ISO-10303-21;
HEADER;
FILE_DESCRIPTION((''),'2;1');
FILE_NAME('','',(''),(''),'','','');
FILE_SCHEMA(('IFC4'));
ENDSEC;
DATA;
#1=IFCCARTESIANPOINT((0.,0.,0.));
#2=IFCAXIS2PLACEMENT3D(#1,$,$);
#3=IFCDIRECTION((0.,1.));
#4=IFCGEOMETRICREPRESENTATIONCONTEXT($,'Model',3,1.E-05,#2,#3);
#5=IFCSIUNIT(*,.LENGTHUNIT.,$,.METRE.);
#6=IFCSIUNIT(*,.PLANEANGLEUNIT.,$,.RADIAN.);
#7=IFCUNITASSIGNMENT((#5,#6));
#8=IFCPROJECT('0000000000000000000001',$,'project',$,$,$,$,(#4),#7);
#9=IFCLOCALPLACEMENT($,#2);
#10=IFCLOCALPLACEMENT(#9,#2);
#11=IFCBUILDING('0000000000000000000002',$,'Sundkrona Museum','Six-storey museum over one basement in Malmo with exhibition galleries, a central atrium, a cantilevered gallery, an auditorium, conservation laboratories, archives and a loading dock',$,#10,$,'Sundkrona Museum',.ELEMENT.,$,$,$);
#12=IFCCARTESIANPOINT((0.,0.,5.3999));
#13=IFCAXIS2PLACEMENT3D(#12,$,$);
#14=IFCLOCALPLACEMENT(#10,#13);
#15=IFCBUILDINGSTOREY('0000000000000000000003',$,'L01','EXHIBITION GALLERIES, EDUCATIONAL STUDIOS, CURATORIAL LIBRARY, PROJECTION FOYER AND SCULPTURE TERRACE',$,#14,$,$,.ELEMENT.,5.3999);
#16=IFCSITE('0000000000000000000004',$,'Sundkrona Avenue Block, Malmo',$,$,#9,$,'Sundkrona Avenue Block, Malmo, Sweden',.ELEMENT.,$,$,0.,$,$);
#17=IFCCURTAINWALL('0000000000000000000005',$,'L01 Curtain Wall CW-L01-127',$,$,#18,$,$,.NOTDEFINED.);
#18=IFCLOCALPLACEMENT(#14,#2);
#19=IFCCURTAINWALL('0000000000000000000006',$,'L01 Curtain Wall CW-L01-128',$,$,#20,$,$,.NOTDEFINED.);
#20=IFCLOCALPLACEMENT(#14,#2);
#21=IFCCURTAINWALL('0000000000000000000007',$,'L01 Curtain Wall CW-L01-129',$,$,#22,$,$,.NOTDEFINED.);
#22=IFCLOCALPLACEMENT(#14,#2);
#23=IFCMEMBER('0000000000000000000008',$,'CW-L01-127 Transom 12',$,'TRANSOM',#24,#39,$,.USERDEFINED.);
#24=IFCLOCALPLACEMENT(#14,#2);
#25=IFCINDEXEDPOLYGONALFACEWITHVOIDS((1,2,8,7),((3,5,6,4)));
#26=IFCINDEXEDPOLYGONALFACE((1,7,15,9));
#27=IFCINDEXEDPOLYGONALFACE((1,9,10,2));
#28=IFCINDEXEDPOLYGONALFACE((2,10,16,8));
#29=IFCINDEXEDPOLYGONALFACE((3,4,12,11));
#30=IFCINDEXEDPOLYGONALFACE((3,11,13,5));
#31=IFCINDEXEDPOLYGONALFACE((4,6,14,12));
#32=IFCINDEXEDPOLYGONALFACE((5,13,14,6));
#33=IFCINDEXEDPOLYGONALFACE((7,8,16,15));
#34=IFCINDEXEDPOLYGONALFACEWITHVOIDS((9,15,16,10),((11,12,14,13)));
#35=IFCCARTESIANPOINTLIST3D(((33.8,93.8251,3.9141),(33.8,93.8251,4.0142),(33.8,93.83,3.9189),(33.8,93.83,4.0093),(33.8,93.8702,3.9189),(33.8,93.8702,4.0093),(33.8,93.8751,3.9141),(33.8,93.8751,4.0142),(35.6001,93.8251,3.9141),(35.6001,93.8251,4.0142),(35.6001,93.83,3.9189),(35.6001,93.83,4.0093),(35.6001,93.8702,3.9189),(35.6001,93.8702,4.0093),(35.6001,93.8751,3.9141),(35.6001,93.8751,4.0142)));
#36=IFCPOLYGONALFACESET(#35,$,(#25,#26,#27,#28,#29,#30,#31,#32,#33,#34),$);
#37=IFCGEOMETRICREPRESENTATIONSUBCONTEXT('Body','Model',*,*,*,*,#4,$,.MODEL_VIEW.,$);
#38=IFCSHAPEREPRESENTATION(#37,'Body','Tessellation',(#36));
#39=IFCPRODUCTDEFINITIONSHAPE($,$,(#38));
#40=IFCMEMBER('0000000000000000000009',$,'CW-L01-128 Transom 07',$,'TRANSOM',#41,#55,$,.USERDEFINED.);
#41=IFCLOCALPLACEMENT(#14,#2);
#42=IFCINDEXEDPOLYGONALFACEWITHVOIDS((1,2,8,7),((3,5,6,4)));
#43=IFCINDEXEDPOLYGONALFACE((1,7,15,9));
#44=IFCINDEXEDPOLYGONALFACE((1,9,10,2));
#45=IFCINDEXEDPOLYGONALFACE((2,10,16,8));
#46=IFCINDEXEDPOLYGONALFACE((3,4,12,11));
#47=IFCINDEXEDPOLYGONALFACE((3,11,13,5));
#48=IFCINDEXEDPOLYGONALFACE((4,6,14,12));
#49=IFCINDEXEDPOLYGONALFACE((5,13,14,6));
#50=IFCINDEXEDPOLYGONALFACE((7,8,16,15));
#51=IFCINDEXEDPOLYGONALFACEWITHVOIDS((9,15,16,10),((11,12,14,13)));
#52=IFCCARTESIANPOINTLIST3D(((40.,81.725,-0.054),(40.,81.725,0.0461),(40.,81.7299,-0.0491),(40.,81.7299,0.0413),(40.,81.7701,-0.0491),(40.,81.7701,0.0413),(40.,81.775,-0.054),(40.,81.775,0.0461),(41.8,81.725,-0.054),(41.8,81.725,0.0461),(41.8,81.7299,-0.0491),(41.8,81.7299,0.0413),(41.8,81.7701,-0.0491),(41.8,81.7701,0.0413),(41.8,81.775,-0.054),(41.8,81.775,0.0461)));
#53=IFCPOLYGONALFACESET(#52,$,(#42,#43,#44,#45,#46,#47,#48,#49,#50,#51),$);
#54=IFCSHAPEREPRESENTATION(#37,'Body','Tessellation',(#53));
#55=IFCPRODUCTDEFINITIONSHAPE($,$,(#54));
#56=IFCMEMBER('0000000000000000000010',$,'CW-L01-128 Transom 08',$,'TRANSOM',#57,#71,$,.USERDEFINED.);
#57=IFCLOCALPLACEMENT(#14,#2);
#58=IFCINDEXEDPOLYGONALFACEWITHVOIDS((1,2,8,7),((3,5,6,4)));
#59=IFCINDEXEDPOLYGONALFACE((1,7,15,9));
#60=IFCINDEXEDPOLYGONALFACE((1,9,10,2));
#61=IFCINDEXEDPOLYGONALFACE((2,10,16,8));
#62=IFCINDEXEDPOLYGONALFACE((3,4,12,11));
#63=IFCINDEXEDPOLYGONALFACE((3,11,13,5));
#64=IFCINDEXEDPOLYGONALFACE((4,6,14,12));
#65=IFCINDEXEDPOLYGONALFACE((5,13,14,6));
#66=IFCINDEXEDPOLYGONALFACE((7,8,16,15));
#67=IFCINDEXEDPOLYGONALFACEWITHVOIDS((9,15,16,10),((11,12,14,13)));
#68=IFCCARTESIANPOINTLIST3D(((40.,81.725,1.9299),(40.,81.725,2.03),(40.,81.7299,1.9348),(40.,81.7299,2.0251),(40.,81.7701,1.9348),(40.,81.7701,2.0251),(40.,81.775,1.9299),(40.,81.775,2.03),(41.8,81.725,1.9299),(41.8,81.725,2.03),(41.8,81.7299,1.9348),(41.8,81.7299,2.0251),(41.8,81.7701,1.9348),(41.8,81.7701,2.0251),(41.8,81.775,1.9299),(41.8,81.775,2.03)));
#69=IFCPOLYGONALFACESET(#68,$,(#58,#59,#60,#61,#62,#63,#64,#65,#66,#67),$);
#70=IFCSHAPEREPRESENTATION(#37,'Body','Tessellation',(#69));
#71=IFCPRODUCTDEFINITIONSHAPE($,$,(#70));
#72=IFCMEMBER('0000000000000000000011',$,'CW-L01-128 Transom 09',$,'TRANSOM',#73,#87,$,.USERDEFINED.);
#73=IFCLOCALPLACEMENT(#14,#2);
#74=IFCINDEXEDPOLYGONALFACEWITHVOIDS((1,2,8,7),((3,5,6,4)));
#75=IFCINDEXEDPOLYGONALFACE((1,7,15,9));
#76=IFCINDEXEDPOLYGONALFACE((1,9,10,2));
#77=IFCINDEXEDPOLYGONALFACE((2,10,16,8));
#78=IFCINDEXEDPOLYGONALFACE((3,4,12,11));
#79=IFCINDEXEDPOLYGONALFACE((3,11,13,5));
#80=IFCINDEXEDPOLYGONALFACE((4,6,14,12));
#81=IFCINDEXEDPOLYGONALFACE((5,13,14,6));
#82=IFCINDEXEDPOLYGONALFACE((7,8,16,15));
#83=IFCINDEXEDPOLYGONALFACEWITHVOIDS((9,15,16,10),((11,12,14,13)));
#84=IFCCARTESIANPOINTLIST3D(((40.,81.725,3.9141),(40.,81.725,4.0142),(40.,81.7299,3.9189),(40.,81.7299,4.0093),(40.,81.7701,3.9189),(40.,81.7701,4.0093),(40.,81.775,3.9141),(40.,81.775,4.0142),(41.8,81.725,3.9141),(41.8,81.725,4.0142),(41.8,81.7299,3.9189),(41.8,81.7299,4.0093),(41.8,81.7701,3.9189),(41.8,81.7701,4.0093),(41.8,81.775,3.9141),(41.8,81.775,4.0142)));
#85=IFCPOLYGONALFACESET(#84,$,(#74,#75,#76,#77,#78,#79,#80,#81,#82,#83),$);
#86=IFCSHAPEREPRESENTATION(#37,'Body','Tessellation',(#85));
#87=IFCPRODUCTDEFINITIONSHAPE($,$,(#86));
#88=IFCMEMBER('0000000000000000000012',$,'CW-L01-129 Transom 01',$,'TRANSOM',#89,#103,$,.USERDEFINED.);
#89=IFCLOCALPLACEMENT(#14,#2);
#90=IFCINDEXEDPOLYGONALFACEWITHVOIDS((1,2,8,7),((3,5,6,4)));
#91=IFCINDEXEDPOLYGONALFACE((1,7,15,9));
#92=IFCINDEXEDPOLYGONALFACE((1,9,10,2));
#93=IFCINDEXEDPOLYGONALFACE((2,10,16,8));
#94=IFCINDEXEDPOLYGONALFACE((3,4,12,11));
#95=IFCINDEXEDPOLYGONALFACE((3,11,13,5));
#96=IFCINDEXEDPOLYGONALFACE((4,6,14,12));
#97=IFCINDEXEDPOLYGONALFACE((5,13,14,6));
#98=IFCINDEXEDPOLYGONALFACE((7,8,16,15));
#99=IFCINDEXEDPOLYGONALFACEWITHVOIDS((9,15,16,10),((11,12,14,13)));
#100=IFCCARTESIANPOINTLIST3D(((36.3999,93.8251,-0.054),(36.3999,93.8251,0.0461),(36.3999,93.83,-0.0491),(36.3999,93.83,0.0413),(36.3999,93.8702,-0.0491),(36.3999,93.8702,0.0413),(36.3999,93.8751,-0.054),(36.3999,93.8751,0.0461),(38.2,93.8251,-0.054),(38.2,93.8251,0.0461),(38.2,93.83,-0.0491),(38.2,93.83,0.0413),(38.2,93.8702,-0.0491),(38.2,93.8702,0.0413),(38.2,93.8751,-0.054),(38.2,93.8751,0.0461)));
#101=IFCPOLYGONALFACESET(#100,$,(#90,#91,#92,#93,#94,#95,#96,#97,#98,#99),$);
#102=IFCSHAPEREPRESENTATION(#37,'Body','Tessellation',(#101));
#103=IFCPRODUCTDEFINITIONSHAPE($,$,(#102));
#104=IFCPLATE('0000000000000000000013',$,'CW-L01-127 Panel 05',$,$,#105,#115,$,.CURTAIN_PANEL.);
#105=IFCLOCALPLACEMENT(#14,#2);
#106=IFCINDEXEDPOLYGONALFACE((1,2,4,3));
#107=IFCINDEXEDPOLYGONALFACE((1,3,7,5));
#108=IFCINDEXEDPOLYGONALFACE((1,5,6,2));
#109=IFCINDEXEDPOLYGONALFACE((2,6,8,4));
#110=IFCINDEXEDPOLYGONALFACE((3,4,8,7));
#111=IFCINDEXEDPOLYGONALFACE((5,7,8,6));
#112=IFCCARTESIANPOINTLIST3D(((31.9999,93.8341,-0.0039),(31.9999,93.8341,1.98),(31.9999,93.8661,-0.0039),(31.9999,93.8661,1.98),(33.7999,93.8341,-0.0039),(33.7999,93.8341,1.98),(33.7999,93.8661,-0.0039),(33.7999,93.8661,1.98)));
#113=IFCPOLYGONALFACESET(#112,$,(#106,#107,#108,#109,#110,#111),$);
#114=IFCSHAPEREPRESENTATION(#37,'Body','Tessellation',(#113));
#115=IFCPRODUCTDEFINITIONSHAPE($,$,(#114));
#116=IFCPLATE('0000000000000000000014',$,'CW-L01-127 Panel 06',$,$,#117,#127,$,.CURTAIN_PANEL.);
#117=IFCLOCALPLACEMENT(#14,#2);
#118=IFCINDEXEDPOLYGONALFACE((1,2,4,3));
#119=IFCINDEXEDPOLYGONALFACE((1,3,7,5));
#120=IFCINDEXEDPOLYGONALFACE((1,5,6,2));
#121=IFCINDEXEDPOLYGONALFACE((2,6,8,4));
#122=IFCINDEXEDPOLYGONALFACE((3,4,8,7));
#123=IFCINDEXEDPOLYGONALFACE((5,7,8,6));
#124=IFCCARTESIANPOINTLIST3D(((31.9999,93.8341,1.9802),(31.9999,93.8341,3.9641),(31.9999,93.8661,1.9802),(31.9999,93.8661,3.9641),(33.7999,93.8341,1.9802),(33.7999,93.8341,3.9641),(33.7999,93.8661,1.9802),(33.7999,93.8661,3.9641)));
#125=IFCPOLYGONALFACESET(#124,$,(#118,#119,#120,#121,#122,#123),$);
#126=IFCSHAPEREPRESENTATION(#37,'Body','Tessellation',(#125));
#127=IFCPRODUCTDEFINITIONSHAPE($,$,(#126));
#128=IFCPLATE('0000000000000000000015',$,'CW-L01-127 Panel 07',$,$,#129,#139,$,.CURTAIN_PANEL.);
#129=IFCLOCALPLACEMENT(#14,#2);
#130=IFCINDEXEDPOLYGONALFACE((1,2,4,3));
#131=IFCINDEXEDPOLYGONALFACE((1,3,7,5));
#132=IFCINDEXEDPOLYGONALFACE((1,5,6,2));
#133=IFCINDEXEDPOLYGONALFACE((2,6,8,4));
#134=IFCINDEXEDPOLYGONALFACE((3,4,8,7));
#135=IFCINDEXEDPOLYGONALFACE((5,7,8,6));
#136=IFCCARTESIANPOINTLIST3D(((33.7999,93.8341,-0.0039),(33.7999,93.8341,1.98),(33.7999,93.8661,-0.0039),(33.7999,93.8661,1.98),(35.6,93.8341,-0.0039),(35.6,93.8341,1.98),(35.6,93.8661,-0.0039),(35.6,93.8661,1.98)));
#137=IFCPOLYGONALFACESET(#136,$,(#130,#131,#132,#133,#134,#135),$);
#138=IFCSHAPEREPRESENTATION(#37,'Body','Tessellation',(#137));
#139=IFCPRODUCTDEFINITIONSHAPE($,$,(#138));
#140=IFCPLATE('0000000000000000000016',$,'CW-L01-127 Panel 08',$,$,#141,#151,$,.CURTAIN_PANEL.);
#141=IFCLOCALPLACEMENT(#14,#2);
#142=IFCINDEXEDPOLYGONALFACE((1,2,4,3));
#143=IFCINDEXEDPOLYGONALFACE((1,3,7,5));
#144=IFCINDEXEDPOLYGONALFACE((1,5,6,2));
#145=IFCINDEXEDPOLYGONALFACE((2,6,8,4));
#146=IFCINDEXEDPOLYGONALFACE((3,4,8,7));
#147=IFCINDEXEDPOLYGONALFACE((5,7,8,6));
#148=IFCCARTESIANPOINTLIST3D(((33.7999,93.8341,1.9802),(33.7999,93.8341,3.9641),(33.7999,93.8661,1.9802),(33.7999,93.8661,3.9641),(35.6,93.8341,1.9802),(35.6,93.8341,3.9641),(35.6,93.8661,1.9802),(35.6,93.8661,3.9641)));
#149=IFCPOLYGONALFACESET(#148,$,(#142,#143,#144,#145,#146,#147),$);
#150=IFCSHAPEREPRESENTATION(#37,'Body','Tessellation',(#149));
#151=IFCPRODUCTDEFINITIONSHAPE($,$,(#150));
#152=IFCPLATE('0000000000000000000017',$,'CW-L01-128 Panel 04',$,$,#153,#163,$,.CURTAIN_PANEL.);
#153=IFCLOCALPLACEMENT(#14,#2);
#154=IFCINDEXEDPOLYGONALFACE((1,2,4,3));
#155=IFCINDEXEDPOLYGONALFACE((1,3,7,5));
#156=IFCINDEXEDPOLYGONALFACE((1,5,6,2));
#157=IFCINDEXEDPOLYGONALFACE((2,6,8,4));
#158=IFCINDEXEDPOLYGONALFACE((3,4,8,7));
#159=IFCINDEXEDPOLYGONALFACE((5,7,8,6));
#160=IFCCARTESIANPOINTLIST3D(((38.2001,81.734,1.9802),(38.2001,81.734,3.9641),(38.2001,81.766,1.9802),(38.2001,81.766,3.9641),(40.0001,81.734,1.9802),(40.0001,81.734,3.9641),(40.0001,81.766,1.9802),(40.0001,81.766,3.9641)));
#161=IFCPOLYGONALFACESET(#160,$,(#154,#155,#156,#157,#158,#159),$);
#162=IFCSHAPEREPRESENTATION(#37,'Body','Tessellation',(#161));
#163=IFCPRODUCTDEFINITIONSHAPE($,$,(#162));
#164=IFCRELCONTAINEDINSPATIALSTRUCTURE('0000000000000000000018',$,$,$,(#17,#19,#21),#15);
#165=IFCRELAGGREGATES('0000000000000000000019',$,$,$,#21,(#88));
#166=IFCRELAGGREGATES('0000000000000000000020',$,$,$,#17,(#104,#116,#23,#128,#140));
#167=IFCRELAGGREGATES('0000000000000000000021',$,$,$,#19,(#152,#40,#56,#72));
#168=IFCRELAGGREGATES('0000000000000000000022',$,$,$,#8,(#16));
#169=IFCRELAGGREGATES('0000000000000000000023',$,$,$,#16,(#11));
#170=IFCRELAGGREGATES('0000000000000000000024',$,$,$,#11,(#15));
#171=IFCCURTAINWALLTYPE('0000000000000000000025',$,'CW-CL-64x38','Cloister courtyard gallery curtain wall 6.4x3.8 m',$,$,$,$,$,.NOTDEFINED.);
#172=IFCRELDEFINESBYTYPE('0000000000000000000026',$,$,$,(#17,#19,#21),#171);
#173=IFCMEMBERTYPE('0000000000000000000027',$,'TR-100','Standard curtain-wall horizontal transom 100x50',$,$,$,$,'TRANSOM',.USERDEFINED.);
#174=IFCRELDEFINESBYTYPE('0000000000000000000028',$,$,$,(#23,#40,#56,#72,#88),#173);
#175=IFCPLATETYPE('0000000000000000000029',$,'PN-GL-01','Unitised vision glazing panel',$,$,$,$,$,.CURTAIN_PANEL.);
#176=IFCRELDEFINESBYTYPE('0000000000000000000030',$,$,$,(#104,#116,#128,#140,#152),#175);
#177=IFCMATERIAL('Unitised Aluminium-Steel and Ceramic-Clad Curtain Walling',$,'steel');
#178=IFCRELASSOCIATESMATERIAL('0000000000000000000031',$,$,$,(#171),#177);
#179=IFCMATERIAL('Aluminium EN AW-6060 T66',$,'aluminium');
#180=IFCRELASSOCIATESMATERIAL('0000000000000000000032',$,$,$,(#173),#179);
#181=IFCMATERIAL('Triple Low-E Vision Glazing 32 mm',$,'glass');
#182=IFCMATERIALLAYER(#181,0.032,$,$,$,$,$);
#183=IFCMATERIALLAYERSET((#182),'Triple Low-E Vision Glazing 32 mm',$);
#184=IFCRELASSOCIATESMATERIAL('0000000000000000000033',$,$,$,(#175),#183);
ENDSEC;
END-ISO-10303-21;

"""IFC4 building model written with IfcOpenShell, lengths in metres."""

from ifc_helpers import new_model, si_unit, direction, frame, origin, origin_2d, place, context, subcontext, project, spatial, rectangle, hollow_rectangle, extrude, material, layer, layer_set, material_profile, profile_set, type_object, element, aggregate, save


model = new_model("IFC4")

# Units and contexts
model_context = context("Model", 3, precision=1e-05, world=origin(), true_north=direction((0.0, 1.0)))
body_context = subcontext(model_context, "Body", "Model", "MODEL_VIEW")
ifc_project = project(units=[si_unit("LENGTHUNIT", "METRE"), si_unit("PLANEANGLEUNIT", "RADIAN")], contexts=[model_context])

# Site, building, storey
site_placement = place(None, origin())
site = spatial("IfcSite", under=ifc_project, at=site_placement, Name="Sundkrona Avenue Block, Malmo", LongName="Sundkrona Avenue Block, Malmo, Sweden", CompositionType="ELEMENT", RefElevation=0.0)
building_placement = place(site_placement, origin())
building = spatial("IfcBuilding", under=site, at=building_placement, Name="Sundkrona Museum", Description="Six-storey museum over one basement in Malmo with exhibition galleries, a central atrium, a cantilevered gallery, an auditorium, conservation laboratories, archives and a loading dock", LongName="Sundkrona Museum", CompositionType="ELEMENT")
storey_placement = place(building_placement, frame((0.0, 0.0, 5.3999)))
storey = spatial("IfcBuildingStorey", under=building, at=storey_placement, Name="L01", Description="EXHIBITION GALLERIES, EDUCATIONAL STUDIOS, CURATORIAL LIBRARY, PROJECTION FOYER AND SCULPTURE TERRACE", CompositionType="ELEMENT", Elevation=5.3999)

# Curtain wall
ifc_material_1 = material(Name="Unitised Aluminium-Steel and Ceramic-Clad Curtain Walling", Category="steel")
curtain_wall_type = type_object("IfcCurtainWallType", Name="CW-CL-64x38", Description="Cloister courtyard gallery curtain wall 6.4x3.8 m", PredefinedType="NOTDEFINED", material=ifc_material_1)
curtain_wall_1_placement = place(storey_placement, origin())
curtain_wall_1 = element("IfcCurtainWall", 1, at=curtain_wall_1_placement, inside=storey, type_object=curtain_wall_type, Name="L01 Curtain Wall CW-L01-127", PredefinedType="NOTDEFINED")
ifc_material_2 = material(Name="Aluminium EN AW-6060 T66", Category="aluminium")

# Curtain walls
curtain_wall_2_placement = place(storey_placement, origin())
curtain_wall_2 = element("IfcCurtainWall", 2, at=curtain_wall_2_placement, inside=storey, type_object=curtain_wall_type, Name="L01 Curtain Wall CW-L01-128", PredefinedType="NOTDEFINED")
curtain_wall_3_placement = place(storey_placement, origin())
curtain_wall_3 = element("IfcCurtainWall", 3, at=curtain_wall_3_placement, inside=storey, type_object=curtain_wall_type, Name="L01 Curtain Wall CW-L01-129", PredefinedType="NOTDEFINED")

# Members
ifc_material_profile_1 = material_profile(ifc_material_2, hollow_rectangle(XDim=0.05, YDim=0.1001, WallThickness=0.0049, at=origin_2d()), Name="RHS 100x50x5.0")
ifc_profile_set_1 = profile_set([ifc_material_profile_1], Name="Aluminium EN AW-6060 T66")
member_type_1 = type_object("IfcMemberType", Name="TR-100", Description="Standard curtain-wall horizontal transom 100x50", ElementType="TRANSOM", PredefinedType="USERDEFINED", material=ifc_profile_set_1)
member_1_placement = place(storey_placement, frame((33.8, 93.8501, 3.9641), z_axis=(1.0, 0.0, 0.0), x_axis=(0.0, 1.0, 0.0)))
member_1 = element("IfcMember", 4, at=member_1_placement, type_object=member_type_1, Name="CW-L01-127 Transom 12", ObjectType="TRANSOM", PredefinedType="USERDEFINED", context=body_context, shape_type="SweptSolid", body=[
    extrude(hollow_rectangle(XDim=0.05, YDim=0.1001, WallThickness=0.0049, at=origin_2d()), origin(), (0.0, 0.0, 1.0), 1.8),
])
member_2_placement = place(storey_placement, frame((40.0, 81.75, -0.0039), z_axis=(1.0, 0.0, 0.0), x_axis=(0.0, 1.0, 0.0)))
member_2 = element("IfcMember", 5, at=member_2_placement, type_object=member_type_1, Name="CW-L01-128 Transom 07", ObjectType="TRANSOM", PredefinedType="USERDEFINED", context=body_context, shape_type="SweptSolid", body=[
    extrude(hollow_rectangle(XDim=0.05, YDim=0.1001, WallThickness=0.0049, at=origin_2d()), origin(), (0.0, 0.0, 1.0), 1.8),
])
member_3_placement = place(storey_placement, frame((40.0, 81.75, 1.98), z_axis=(1.0, 0.0, 0.0), x_axis=(0.0, 1.0, 0.0)))
member_3 = element("IfcMember", 6, at=member_3_placement, type_object=member_type_1, Name="CW-L01-128 Transom 08", ObjectType="TRANSOM", PredefinedType="USERDEFINED", context=body_context, shape_type="SweptSolid", body=[
    extrude(hollow_rectangle(XDim=0.05, YDim=0.1001, WallThickness=0.0049, at=origin_2d()), origin(), (0.0, 0.0, 1.0), 1.8),
])
member_4_placement = place(storey_placement, frame((40.0, 81.75, 3.9641), z_axis=(1.0, 0.0, 0.0), x_axis=(0.0, 1.0, 0.0)))
member_4 = element("IfcMember", 7, at=member_4_placement, type_object=member_type_1, Name="CW-L01-128 Transom 09", ObjectType="TRANSOM", PredefinedType="USERDEFINED", context=body_context, shape_type="SweptSolid", body=[
    extrude(hollow_rectangle(XDim=0.05, YDim=0.1001, WallThickness=0.0049, at=origin_2d()), origin(), (0.0, 0.0, 1.0), 1.8),
])
member_5_placement = place(storey_placement, frame((36.3999, 93.8501, -0.0039), z_axis=(1.0, 0.0, 0.0), x_axis=(0.0, 1.0, 0.0)))
member_5 = element("IfcMember", 8, at=member_5_placement, type_object=member_type_1, Name="CW-L01-129 Transom 01", ObjectType="TRANSOM", PredefinedType="USERDEFINED", context=body_context, shape_type="SweptSolid", body=[
    extrude(hollow_rectangle(XDim=0.05, YDim=0.1001, WallThickness=0.0049, at=origin_2d()), origin(), (0.0, 0.0, 1.0), 1.8),
])
aggregate(curtain_wall_3, [member_5])

# Plates
ifc_material_3 = material(Name="Triple Low-E Vision Glazing 32 mm", Category="glass")
ifc_layer = layer(ifc_material_3, 0.032)
ifc_layer_set = layer_set([ifc_layer], Name="Triple Low-E Vision Glazing 32 mm")
plate_type = type_object("IfcPlateType", Name="PN-GL-01", Description="Unitised vision glazing panel", PredefinedType="CURTAIN_PANEL", material=ifc_layer_set)
plate_1_placement = place(storey_placement, frame((32.8999, 93.8501, -0.0039), z_axis=(0.0, 0.0, 1.0), x_axis=(1.0, 0.0, 0.0)))
plate_1 = element("IfcPlate", 9, at=plate_1_placement, type_object=plate_type, Name="CW-L01-127 Panel 05", PredefinedType="CURTAIN_PANEL", context=body_context, shape_type="SweptSolid", body=[
    extrude(rectangle(XDim=1.8, YDim=0.032, at=origin_2d()), origin(), (0.0, 0.0, 1.0), 1.9839),
])
plate_2_placement = place(storey_placement, frame((32.8999, 93.8501, 1.9802), z_axis=(0.0, 0.0, 1.0), x_axis=(1.0, 0.0, 0.0)))
plate_2 = element("IfcPlate", 10, at=plate_2_placement, type_object=plate_type, Name="CW-L01-127 Panel 06", PredefinedType="CURTAIN_PANEL", context=body_context, shape_type="SweptSolid", body=[
    extrude(rectangle(XDim=1.8, YDim=0.032, at=origin_2d()), origin(), (0.0, 0.0, 1.0), 1.9839),
])
plate_3_placement = place(storey_placement, frame((34.7, 93.8501, -0.0039), z_axis=(0.0, 0.0, 1.0), x_axis=(1.0, 0.0, 0.0)))
plate_3 = element("IfcPlate", 11, at=plate_3_placement, type_object=plate_type, Name="CW-L01-127 Panel 07", PredefinedType="CURTAIN_PANEL", context=body_context, shape_type="SweptSolid", body=[
    extrude(rectangle(XDim=1.8, YDim=0.032, at=origin_2d()), origin(), (0.0, 0.0, 1.0), 1.9839),
])
plate_4_placement = place(storey_placement, frame((34.7, 93.8501, 1.9802), z_axis=(0.0, 0.0, 1.0), x_axis=(1.0, 0.0, 0.0)))
plate_4 = element("IfcPlate", 12, at=plate_4_placement, type_object=plate_type, Name="CW-L01-127 Panel 08", PredefinedType="CURTAIN_PANEL", context=body_context, shape_type="SweptSolid", body=[
    extrude(rectangle(XDim=1.8, YDim=0.032, at=origin_2d()), origin(), (0.0, 0.0, 1.0), 1.9839),
])
aggregate(curtain_wall_1, [plate_1, plate_2, member_1, plate_3, plate_4])
plate_5_placement = place(storey_placement, frame((39.1001, 81.75, 1.9802), z_axis=(0.0, 0.0, 1.0), x_axis=(1.0, 0.0, 0.0)))
plate_5 = element("IfcPlate", 13, at=plate_5_placement, type_object=plate_type, Name="CW-L01-128 Panel 04", PredefinedType="CURTAIN_PANEL", context=body_context, shape_type="SweptSolid", body=[
    extrude(rectangle(XDim=1.8, YDim=0.032, at=origin_2d()), origin(), (0.0, 0.0, 1.0), 1.9839),
])
aggregate(curtain_wall_2, [plate_5, member_2, member_3, member_4])

save(model, "model.ifc")
